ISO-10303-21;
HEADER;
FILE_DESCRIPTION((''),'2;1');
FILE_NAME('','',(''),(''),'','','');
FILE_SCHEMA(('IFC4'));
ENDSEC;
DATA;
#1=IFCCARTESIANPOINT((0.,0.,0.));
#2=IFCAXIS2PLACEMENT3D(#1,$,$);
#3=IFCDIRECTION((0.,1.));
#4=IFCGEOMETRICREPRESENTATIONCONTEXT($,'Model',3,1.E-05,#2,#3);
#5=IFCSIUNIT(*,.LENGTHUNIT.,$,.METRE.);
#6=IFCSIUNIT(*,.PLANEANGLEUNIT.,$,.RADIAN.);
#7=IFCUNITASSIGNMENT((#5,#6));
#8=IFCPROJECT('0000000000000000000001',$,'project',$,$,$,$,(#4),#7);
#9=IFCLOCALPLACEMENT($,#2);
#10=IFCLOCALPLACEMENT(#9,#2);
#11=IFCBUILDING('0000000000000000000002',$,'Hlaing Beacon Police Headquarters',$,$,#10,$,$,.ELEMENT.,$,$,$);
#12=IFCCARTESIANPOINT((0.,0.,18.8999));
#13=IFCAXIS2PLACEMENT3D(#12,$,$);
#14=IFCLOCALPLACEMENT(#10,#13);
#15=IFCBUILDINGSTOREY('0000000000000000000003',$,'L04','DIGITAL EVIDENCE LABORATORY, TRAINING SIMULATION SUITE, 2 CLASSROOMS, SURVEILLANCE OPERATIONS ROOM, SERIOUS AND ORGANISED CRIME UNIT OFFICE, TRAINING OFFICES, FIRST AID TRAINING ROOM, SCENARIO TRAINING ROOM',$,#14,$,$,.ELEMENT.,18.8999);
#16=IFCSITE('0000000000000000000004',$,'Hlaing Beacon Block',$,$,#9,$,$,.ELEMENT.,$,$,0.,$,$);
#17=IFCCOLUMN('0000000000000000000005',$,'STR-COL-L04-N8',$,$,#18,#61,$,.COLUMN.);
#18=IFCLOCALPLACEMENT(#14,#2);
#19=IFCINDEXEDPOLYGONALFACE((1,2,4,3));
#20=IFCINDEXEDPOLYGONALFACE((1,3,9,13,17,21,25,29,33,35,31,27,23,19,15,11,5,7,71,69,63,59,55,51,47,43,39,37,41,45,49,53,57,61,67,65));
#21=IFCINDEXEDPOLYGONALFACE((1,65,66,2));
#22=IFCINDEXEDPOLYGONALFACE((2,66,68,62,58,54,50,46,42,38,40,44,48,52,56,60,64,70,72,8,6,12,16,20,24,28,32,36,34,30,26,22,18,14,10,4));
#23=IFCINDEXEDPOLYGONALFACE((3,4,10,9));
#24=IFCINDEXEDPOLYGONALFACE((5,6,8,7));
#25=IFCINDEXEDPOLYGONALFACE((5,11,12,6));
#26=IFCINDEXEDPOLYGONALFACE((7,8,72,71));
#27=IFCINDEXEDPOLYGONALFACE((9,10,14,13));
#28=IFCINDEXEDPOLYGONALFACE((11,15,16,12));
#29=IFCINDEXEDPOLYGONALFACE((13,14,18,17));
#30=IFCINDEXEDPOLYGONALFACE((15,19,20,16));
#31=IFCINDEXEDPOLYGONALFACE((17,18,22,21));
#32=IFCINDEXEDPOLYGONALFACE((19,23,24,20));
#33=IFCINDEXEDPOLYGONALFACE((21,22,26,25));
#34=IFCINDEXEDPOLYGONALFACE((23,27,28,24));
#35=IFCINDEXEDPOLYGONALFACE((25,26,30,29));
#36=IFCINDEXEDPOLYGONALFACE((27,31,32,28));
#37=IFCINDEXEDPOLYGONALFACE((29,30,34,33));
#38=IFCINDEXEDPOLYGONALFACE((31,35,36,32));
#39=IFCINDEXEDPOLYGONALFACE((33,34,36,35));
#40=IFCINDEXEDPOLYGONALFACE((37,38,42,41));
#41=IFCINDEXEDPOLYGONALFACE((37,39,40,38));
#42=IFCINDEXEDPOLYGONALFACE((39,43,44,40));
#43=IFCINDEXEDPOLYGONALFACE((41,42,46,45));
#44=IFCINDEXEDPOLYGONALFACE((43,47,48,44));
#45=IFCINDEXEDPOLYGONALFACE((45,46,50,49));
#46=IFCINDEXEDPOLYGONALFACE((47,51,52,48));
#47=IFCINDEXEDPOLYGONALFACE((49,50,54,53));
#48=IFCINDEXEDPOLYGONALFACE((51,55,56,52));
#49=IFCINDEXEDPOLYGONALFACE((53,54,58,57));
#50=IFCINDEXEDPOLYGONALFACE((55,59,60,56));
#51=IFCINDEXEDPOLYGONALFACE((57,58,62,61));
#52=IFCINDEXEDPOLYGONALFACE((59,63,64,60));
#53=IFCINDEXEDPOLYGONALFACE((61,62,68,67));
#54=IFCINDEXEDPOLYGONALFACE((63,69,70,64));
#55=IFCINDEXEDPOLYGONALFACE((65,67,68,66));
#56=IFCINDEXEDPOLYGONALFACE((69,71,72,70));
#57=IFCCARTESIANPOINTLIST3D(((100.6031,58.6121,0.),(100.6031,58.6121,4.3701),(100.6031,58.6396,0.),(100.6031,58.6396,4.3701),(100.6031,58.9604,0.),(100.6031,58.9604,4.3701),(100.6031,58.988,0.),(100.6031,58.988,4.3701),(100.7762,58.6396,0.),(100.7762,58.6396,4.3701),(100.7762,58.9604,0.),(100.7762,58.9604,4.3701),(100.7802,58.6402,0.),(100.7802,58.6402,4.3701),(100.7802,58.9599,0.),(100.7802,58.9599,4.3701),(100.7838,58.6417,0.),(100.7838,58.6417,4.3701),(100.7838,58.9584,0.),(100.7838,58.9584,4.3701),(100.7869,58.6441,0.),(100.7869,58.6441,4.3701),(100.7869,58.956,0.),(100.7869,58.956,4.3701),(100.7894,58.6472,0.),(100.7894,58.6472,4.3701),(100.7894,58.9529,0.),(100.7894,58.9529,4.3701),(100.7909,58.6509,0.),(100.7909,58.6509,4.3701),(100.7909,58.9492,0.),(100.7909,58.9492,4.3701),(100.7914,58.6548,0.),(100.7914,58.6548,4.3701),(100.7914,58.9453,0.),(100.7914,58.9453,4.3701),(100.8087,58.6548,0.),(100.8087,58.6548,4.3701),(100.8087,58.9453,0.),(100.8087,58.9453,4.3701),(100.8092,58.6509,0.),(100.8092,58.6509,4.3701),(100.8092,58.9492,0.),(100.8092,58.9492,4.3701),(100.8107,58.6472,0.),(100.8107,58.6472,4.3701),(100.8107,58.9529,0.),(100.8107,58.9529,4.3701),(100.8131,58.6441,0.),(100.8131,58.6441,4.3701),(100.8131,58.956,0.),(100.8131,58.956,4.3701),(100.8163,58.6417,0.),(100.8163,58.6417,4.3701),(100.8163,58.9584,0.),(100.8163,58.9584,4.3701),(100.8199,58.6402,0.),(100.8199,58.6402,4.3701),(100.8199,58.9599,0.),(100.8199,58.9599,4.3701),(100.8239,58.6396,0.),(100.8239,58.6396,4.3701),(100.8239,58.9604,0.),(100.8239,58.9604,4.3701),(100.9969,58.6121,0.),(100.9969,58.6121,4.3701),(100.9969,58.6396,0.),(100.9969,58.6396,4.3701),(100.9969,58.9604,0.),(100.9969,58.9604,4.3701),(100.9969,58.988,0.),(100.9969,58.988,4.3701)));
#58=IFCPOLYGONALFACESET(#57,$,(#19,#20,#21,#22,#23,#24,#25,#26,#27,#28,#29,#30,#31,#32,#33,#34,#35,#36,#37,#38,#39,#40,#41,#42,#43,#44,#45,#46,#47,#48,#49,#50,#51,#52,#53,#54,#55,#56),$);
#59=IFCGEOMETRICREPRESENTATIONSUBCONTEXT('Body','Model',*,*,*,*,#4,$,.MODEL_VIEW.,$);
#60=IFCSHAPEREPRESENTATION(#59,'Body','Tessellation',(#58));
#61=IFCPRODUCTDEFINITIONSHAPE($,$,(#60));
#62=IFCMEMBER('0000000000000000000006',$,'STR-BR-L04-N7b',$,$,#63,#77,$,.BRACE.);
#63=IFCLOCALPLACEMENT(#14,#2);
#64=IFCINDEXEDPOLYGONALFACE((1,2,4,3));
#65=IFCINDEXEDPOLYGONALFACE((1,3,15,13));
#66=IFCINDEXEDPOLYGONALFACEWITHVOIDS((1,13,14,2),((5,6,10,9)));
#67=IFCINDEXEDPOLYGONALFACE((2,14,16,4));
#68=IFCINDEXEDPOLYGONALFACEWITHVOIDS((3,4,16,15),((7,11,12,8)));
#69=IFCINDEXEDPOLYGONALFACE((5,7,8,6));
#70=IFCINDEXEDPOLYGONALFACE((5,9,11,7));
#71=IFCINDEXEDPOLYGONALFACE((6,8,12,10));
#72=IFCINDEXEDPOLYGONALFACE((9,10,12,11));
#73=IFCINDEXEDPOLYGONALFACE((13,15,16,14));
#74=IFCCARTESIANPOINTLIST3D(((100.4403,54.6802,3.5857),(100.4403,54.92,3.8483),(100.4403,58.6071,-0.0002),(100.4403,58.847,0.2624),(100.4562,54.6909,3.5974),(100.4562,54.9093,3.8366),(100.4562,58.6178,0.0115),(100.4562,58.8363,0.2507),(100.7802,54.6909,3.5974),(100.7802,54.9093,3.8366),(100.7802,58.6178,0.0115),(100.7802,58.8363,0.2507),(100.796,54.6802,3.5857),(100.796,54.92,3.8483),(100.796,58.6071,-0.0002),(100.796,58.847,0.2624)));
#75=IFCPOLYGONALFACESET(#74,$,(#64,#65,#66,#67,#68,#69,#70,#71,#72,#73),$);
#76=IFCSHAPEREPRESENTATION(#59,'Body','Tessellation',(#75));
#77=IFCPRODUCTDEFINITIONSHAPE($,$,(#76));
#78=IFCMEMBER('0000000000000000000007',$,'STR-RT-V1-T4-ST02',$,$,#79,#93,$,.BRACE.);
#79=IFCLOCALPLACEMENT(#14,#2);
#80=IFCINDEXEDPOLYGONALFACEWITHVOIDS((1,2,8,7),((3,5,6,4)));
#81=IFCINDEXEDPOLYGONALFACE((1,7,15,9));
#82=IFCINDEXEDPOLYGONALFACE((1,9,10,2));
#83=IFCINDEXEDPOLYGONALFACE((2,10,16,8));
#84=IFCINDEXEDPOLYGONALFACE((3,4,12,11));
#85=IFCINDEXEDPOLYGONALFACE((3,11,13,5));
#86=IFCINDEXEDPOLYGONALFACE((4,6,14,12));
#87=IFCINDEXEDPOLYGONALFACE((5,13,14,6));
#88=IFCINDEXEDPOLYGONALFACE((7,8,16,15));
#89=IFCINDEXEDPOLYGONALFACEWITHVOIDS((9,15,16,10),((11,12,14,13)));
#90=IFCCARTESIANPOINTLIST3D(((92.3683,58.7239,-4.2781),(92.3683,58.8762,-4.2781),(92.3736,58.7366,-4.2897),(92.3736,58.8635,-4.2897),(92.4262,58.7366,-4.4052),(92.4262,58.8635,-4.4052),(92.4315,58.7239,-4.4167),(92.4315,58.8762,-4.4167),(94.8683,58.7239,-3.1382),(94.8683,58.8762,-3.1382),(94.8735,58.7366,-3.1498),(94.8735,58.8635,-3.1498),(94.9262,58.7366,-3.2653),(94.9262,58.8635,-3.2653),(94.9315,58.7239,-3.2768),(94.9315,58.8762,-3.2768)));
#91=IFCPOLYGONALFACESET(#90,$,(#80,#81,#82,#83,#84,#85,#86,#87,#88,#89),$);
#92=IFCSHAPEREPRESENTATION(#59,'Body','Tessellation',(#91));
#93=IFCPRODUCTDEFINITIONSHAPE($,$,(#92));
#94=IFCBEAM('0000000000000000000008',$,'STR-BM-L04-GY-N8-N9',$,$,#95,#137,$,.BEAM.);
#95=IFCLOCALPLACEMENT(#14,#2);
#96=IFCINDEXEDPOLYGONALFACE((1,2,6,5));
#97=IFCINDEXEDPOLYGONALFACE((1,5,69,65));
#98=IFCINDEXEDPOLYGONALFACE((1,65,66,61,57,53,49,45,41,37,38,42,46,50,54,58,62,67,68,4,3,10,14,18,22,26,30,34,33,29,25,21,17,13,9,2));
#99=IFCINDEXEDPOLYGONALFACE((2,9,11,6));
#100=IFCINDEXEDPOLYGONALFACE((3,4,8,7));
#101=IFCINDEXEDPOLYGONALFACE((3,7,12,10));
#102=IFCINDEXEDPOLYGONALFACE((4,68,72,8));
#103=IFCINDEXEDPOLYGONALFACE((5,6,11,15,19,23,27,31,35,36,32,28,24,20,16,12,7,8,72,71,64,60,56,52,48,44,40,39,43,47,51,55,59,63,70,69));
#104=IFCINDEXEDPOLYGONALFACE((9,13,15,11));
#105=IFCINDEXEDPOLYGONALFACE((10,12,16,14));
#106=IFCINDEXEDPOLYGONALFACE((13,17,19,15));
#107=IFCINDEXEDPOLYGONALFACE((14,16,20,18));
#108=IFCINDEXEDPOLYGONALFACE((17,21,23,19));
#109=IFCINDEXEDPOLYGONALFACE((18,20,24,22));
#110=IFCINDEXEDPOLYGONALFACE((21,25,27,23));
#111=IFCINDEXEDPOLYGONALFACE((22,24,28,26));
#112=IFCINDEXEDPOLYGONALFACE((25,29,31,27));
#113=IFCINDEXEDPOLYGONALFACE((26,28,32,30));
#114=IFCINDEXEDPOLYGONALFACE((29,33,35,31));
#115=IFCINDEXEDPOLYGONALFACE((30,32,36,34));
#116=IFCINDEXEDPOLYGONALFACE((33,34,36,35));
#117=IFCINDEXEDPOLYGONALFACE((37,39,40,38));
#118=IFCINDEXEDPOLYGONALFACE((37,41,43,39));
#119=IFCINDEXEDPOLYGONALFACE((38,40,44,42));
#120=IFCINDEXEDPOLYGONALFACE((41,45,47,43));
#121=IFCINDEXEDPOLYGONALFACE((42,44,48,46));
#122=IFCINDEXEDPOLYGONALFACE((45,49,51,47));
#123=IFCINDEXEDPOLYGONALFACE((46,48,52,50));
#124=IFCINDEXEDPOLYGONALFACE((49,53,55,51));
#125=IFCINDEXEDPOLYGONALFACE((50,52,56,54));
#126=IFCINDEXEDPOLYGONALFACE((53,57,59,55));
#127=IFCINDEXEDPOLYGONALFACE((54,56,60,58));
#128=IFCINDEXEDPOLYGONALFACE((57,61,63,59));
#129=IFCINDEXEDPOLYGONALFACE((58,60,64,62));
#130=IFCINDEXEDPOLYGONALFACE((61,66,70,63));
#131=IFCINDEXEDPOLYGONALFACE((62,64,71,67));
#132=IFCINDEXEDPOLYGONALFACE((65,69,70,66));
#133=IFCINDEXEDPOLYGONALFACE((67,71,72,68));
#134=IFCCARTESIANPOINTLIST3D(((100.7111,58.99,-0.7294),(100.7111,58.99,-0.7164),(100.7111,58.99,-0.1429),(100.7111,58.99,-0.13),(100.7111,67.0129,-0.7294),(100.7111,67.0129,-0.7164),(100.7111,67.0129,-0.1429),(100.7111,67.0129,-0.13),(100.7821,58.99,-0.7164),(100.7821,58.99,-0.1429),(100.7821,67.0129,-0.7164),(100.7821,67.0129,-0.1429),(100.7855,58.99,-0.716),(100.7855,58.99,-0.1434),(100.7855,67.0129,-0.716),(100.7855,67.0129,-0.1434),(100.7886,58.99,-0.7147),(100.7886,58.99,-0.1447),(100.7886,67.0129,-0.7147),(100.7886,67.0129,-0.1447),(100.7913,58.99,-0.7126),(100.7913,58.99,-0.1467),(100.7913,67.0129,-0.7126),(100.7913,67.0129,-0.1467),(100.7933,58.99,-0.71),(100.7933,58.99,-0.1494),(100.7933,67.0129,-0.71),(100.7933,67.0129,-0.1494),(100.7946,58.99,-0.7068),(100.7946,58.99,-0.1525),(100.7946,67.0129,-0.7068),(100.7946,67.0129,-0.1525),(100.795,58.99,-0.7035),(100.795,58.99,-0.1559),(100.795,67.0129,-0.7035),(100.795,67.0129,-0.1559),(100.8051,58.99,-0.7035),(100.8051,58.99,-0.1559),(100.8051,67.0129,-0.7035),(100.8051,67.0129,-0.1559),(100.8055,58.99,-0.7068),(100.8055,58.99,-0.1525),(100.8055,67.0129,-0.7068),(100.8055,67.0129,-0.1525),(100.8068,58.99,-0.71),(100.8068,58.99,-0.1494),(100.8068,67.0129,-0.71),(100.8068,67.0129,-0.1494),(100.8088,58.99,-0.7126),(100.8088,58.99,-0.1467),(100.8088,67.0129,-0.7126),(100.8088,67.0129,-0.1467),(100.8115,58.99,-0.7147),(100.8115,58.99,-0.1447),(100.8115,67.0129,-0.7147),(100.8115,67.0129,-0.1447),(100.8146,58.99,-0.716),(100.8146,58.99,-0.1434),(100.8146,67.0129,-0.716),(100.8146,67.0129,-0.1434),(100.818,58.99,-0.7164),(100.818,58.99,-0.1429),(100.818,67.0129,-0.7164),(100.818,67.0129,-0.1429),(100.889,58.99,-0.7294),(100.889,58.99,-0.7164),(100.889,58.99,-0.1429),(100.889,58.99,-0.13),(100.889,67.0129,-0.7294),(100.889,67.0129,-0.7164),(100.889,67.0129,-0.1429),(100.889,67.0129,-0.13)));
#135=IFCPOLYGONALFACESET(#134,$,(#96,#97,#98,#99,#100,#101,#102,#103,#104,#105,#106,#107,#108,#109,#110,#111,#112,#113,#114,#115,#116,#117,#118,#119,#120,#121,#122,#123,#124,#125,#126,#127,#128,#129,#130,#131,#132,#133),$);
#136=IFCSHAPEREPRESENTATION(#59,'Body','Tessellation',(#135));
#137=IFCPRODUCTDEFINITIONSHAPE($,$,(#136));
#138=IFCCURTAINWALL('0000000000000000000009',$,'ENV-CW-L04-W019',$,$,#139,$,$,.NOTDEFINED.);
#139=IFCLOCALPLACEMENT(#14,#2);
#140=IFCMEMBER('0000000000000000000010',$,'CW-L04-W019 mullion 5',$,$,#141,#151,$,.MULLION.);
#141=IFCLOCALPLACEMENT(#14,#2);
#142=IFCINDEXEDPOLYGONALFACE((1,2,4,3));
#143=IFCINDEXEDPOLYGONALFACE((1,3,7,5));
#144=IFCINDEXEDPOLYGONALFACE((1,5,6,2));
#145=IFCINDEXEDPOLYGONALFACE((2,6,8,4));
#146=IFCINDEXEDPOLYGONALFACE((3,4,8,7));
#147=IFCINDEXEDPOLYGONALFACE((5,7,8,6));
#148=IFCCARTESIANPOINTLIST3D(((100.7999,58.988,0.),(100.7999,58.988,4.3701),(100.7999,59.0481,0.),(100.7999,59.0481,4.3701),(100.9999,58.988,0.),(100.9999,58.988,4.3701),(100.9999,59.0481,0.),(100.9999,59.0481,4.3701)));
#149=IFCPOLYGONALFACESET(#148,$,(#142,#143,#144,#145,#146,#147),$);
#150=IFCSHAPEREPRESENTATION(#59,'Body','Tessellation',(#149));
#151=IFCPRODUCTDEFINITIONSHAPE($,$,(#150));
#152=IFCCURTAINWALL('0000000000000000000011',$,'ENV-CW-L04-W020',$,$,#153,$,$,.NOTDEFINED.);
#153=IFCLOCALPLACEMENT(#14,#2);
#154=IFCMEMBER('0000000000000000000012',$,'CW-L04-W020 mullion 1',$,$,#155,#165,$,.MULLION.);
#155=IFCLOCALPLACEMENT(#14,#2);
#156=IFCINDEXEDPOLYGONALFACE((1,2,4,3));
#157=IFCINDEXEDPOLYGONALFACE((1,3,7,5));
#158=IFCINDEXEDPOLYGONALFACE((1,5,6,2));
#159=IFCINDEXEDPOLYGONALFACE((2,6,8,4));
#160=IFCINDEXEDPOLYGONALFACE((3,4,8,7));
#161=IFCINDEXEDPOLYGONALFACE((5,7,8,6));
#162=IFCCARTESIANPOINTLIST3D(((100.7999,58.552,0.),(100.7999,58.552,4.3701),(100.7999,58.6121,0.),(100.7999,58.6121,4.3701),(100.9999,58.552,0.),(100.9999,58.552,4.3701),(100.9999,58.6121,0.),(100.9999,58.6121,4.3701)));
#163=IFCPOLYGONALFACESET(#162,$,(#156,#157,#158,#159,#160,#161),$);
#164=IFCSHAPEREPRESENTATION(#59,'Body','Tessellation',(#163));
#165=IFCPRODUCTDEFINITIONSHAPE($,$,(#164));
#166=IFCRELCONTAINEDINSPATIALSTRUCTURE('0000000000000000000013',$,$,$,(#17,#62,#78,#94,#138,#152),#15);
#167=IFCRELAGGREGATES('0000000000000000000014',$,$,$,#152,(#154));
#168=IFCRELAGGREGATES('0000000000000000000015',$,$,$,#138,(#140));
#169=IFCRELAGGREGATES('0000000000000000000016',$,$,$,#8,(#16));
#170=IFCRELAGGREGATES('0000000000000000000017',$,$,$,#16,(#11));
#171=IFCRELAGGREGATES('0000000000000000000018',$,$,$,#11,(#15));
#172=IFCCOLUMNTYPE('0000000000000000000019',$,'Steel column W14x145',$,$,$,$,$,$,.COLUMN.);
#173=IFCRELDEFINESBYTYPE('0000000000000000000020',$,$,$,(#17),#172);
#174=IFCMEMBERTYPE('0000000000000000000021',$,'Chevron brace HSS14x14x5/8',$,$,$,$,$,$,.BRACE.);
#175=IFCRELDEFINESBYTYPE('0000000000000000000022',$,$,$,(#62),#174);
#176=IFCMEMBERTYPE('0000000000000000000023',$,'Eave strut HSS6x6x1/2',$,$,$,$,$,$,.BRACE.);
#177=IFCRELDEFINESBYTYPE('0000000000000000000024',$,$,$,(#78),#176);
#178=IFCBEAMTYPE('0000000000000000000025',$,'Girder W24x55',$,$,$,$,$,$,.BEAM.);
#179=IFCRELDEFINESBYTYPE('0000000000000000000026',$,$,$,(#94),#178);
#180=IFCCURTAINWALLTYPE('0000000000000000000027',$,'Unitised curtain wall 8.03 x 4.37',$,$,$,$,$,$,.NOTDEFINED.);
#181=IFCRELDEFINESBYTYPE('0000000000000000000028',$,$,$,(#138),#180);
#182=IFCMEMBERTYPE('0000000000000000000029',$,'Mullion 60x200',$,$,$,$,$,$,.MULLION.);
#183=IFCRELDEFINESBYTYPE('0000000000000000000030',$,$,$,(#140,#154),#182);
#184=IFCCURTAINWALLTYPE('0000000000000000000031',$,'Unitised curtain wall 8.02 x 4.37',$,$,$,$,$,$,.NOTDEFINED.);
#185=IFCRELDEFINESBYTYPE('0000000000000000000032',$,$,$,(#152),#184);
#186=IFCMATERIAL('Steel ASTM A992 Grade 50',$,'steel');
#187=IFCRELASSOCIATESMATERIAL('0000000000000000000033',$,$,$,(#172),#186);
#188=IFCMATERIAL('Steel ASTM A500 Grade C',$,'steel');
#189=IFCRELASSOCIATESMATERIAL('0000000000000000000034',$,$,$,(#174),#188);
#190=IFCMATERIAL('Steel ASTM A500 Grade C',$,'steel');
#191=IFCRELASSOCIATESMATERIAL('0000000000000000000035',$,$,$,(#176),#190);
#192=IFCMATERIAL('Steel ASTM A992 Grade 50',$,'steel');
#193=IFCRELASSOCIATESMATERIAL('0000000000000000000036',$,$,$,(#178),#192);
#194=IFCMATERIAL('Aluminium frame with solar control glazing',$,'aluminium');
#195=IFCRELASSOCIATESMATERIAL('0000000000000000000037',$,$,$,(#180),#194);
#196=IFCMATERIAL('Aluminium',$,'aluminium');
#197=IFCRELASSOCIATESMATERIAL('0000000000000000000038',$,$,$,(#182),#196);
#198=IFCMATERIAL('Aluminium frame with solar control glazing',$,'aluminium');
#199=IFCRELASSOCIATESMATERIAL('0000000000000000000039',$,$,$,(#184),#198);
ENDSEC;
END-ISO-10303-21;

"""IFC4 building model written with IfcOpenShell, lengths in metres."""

from ifc_helpers import new_model, si_unit, direction, frame, origin, origin_2d, place, context, subcontext, project, spatial, rectangle, hollow_rectangle, i_section, extrude, material, material_profile, profile_set, type_object, element, aggregate, save


model = new_model("IFC4")

# Units and contexts
model_context = context("Model", 3, precision=1e-05, world=origin(), true_north=direction((0.0, 1.0)))
body_context = subcontext(model_context, "Body", "Model", "MODEL_VIEW")
ifc_project = project(units=[si_unit("LENGTHUNIT", "METRE"), si_unit("PLANEANGLEUNIT", "RADIAN")], contexts=[model_context])

# Site, building, storey
site_placement = place(None, origin())
site = spatial("IfcSite", under=ifc_project, at=site_placement, Name="Hlaing Beacon Block", CompositionType="ELEMENT", RefElevation=0.0)
building_placement = place(site_placement, origin())
building = spatial("IfcBuilding", under=site, at=building_placement, Name="Hlaing Beacon Police Headquarters", CompositionType="ELEMENT")
storey_placement = place(building_placement, frame((0.0, 0.0, 18.8999)))
storey = spatial("IfcBuildingStorey", under=building, at=storey_placement, Name="L04", Description="DIGITAL EVIDENCE LABORATORY, TRAINING SIMULATION SUITE, 2 CLASSROOMS, SURVEILLANCE OPERATIONS ROOM, SERIOUS AND ORGANISED CRIME UNIT OFFICE, TRAINING OFFICES, FIRST AID TRAINING ROOM, SCENARIO TRAINING ROOM", CompositionType="ELEMENT", Elevation=18.8999)

# Column
ifc_material_1 = material(Name="Steel ASTM A992 Grade 50", Category="steel")
ifc_material_profile_1 = material_profile(ifc_material_1, i_section(OverallWidth=0.3938, OverallDepth=0.376, WebThickness=0.0173, FlangeThickness=0.0276, FilletRadius=0.0151, at=origin_2d()), Name="W14x145")
ifc_profile_set_1 = profile_set([ifc_material_profile_1], Name="Steel ASTM A992 Grade 50")
column_type = type_object("IfcColumnType", Name="Steel column W14x145", PredefinedType="COLUMN", material=ifc_profile_set_1)
column_placement = place(storey_placement, frame((100.8, 58.8, 0.0), z_axis=(0.0, 0.0, 1.0), x_axis=(1.0, 0.0, 0.0)))
element("IfcColumn", 1, at=column_placement, inside=storey, type_object=column_type, Name="STR-COL-L04-N8", PredefinedType="COLUMN", context=body_context, shape_type="SweptSolid", body=[
    extrude(i_section(OverallWidth=0.3938, OverallDepth=0.376, WebThickness=0.0173, FlangeThickness=0.0276, FilletRadius=0.0151, at=origin_2d()), origin(), (0.0, 0.0, 1.0), 4.3701),
])

# Members
ifc_material_2 = material(Name="Steel ASTM A500 Grade C", Category="steel")
ifc_material_profile_2 = material_profile(ifc_material_2, hollow_rectangle(XDim=0.3557, YDim=0.3557, WallThickness=0.0159, at=origin_2d()), Name="HSS14x14x5/8")
ifc_profile_set_2 = profile_set([ifc_material_profile_2], Name="Steel ASTM A500 Grade C")
member_type_1 = type_object("IfcMemberType", Name="Chevron brace HSS14x14x5/8", PredefinedType="BRACE", material=ifc_profile_set_2)
member_1_placement = place(storey_placement, frame((100.6182, 58.7271, 0.1311), z_axis=(0.0, -0.738447, 0.674312), x_axis=(1.0, 0.0, 0.0)))
element("IfcMember", 2, at=member_1_placement, inside=storey, type_object=member_type_1, Name="STR-BR-L04-N7b", PredefinedType="BRACE", context=body_context, shape_type="SweptSolid", body=[
    extrude(hollow_rectangle(XDim=0.3557, YDim=0.3557, WallThickness=0.0159, at=origin_2d()), origin(), (0.0, 0.0, 1.0), 5.3179),
])
ifc_material_3 = material(Name="Steel ASTM A500 Grade C", Category="steel")
ifc_material_profile_3 = material_profile(ifc_material_3, hollow_rectangle(XDim=0.1523, YDim=0.1523, WallThickness=0.0127, at=origin_2d()), Name="HSS6x6x1/2")
ifc_profile_set_3 = profile_set([ifc_material_profile_3], Name="Steel ASTM A500 Grade C")
member_type_2 = type_object("IfcMemberType", Name="Eave strut HSS6x6x1/2", PredefinedType="BRACE", material=ifc_profile_set_3)
member_2_placement = place(storey_placement, frame((92.3999, 58.8, -4.3474), z_axis=(0.909882, 0.0, 0.414867), x_axis=(0.0, 1.0, 0.0)))
element("IfcMember", 3, at=member_2_placement, inside=storey, type_object=member_type_2, Name="STR-RT-V1-T4-ST02", PredefinedType="BRACE", context=body_context, shape_type="SweptSolid", body=[
    extrude(hollow_rectangle(XDim=0.1523, YDim=0.1523, WallThickness=0.0127, at=origin_2d()), origin(), (0.0, 0.0, 1.0), 2.7476),
])

# Beam
ifc_material_4 = material(Name="Steel ASTM A992 Grade 50", Category="steel")
ifc_material_profile_4 = material_profile(ifc_material_4, i_section(OverallWidth=0.178, OverallDepth=0.5994, WebThickness=0.01, FlangeThickness=0.0129, FilletRadius=0.0129, at=origin_2d()), Name="W24x55")
ifc_profile_set_4 = profile_set([ifc_material_profile_4], Name="Steel ASTM A992 Grade 50")
beam_type_1 = type_object("IfcBeamType", Name="Girder W24x55", PredefinedType="BEAM", material=ifc_profile_set_4)
beam_1_placement = place(storey_placement, frame((100.8, 58.99, -0.4297), z_axis=(0.0, 1.0, 0.0), x_axis=(-1.0, 0.0, 0.0)))
element("IfcBeam", 4, at=beam_1_placement, inside=storey, type_object=beam_type_1, Name="STR-BM-L04-GY-N8-N9", PredefinedType="BEAM", context=body_context, shape_type="SweptSolid", body=[
    extrude(i_section(OverallWidth=0.178, OverallDepth=0.5994, WebThickness=0.01, FlangeThickness=0.0129, FilletRadius=0.0129, at=origin_2d()), origin(), (0.0, 0.0, 1.0), 8.0229),
])

# Curtain walls, members
ifc_material_5 = material(Name="Aluminium frame with solar control glazing", Category="aluminium")
curtain_wall_type_1 = type_object("IfcCurtainWallType", Name="Unitised curtain wall 8.03 x 4.37", PredefinedType="NOTDEFINED", material=ifc_material_5)
curtain_wall_1_placement = place(storey_placement, origin())
curtain_wall_1 = element("IfcCurtainWall", 5, at=curtain_wall_1_placement, inside=storey, type_object=curtain_wall_type_1, Name="ENV-CW-L04-W019", PredefinedType="NOTDEFINED")
ifc_material_6 = material(Name="Aluminium", Category="aluminium")
ifc_material_profile_5 = material_profile(ifc_material_6, rectangle(XDim=0.2, YDim=0.0601, at=origin_2d()), Name="Mullion 60x200")
ifc_profile_set_5 = profile_set([ifc_material_profile_5], Name="Aluminium")
member_type_3 = type_object("IfcMemberType", Name="Mullion 60x200", PredefinedType="MULLION", material=ifc_profile_set_5)
member_3_placement = place(storey_placement, frame((100.8999, 59.0181, 0.0), z_axis=(0.0, 0.0, 1.0), x_axis=(1.0, 0.0, 0.0)))
member_3 = element("IfcMember", 6, at=member_3_placement, type_object=member_type_3, Name="CW-L04-W019 mullion 5", PredefinedType="MULLION", context=body_context, shape_type="SweptSolid", body=[
    extrude(rectangle(XDim=0.2, YDim=0.0601, at=origin_2d()), origin(), (0.0, 0.0, 1.0), 4.3701),
])
ifc_material_7 = material(Name="Aluminium frame with solar control glazing", Category="aluminium")
curtain_wall_type_2 = type_object("IfcCurtainWallType", Name="Unitised curtain wall 8.02 x 4.37", PredefinedType="NOTDEFINED", material=ifc_material_7)
curtain_wall_2_placement = place(storey_placement, origin())
curtain_wall_2 = element("IfcCurtainWall", 7, at=curtain_wall_2_placement, inside=storey, type_object=curtain_wall_type_2, Name="ENV-CW-L04-W020", PredefinedType="NOTDEFINED")
member_4_placement = place(storey_placement, frame((100.8999, 58.582, 0.0), z_axis=(0.0, 0.0, 1.0), x_axis=(1.0, 0.0, 0.0)))
member_4 = element("IfcMember", 8, at=member_4_placement, type_object=member_type_3, Name="CW-L04-W020 mullion 1", PredefinedType="MULLION", context=body_context, shape_type="SweptSolid", body=[
    extrude(rectangle(XDim=0.2, YDim=0.0601, at=origin_2d()), origin(), (0.0, 0.0, 1.0), 4.3701),
])

aggregate(curtain_wall_2, [member_4])

aggregate(curtain_wall_1, [member_3])

save(model, "model.ifc")
